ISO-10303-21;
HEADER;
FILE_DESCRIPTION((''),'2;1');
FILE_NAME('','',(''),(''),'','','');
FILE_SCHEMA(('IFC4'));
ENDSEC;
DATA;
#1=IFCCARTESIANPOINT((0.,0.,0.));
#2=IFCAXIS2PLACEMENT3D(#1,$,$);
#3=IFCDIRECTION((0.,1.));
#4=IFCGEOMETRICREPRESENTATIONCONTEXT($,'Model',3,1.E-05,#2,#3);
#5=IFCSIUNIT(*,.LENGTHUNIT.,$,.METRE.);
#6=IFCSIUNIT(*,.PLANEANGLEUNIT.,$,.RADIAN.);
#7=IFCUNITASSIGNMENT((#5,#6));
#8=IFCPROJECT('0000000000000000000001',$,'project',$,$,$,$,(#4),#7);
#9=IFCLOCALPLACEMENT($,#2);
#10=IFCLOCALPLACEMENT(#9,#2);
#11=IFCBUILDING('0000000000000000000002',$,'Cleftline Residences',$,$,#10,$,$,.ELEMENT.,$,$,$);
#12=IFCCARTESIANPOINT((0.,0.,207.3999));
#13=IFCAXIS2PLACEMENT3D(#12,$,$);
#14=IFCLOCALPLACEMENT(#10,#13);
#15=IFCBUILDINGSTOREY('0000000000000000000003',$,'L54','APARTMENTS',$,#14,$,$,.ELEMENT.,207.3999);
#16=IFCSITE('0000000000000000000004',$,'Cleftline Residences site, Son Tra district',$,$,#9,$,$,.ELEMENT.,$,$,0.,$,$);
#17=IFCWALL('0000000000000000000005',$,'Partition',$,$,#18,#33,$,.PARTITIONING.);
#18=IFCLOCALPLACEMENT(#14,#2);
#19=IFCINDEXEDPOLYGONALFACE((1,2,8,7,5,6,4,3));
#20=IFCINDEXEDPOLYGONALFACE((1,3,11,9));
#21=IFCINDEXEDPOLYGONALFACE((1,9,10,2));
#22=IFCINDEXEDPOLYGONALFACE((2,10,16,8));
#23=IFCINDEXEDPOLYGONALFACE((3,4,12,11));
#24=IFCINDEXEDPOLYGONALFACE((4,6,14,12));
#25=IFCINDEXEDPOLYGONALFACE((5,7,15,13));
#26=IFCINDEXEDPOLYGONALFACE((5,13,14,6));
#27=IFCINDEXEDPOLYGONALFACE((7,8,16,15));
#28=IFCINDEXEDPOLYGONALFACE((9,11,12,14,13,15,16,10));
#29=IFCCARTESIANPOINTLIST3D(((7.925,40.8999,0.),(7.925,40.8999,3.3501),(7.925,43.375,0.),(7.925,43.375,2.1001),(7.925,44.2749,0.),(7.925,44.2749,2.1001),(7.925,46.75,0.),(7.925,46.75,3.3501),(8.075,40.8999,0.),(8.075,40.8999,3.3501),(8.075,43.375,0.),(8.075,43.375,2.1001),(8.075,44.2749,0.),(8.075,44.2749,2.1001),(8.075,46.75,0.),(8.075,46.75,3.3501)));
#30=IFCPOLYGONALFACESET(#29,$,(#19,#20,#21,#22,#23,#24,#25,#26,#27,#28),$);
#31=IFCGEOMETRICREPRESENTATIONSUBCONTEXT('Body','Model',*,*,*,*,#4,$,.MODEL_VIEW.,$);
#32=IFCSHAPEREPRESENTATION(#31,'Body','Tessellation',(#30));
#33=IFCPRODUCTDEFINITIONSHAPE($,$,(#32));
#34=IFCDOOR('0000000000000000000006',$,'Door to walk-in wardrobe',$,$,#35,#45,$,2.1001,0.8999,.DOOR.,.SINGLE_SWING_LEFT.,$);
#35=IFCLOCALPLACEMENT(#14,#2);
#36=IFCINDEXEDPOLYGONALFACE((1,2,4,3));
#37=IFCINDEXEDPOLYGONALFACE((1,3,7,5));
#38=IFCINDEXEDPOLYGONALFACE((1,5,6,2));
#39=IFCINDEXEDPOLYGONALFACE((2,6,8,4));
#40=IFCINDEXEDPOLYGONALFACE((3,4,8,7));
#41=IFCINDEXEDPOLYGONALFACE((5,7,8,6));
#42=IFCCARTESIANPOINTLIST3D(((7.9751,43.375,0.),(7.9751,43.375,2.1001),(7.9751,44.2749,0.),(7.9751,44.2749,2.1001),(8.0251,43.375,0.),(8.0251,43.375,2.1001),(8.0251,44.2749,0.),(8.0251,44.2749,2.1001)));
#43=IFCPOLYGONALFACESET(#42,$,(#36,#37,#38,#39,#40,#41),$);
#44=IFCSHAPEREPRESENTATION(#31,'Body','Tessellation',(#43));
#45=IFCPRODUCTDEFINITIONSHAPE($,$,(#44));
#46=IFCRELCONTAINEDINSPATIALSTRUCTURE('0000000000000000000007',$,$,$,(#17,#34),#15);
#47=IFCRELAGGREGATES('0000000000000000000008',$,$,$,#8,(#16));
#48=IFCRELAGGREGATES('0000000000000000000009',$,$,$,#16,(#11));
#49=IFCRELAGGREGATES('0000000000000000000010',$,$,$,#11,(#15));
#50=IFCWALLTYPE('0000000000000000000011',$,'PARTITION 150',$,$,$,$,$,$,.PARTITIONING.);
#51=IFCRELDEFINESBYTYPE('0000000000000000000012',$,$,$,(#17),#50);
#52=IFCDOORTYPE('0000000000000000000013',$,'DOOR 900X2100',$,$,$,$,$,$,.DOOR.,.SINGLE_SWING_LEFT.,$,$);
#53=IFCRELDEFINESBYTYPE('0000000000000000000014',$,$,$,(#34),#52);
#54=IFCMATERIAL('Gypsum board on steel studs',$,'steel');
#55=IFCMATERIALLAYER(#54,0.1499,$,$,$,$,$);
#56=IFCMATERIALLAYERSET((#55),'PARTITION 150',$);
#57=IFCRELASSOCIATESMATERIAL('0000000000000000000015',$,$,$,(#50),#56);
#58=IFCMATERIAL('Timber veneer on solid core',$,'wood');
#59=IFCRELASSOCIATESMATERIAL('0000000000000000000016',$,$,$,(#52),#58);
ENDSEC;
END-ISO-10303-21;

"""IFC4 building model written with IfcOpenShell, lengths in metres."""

from ifc_helpers import new_model, si_unit, direction, frame, frame_2d, origin, place, context, subcontext, project, spatial, rectangle, extrude, material, layer, layer_set, type_object, element, fill, save


model = new_model("IFC4")

# Units and contexts
model_context = context("Model", 3, precision=1e-05, world=origin(), true_north=direction((0.0, 1.0)))
body_context = subcontext(model_context, "Body", "Model", "MODEL_VIEW")
ifc_project = project(units=[si_unit("LENGTHUNIT", "METRE"), si_unit("PLANEANGLEUNIT", "RADIAN")], contexts=[model_context])

# Site, building, storey
site_placement = place(None, origin())
site = spatial("IfcSite", under=ifc_project, at=site_placement, Name="Cleftline Residences site, Son Tra district", CompositionType="ELEMENT", RefElevation=0.0)
building_placement = place(site_placement, origin())
building = spatial("IfcBuilding", under=site, at=building_placement, Name="Cleftline Residences", CompositionType="ELEMENT")
storey_placement = place(building_placement, frame((0.0, 0.0, 207.3999)))
storey = spatial("IfcBuildingStorey", under=building, at=storey_placement, Name="L54", Description="APARTMENTS", CompositionType="ELEMENT", Elevation=207.3999)

# Wall, opening, door
ifc_material_1 = material(Name="Gypsum board on steel studs", Category="steel")
ifc_layer_1 = layer(ifc_material_1, 0.1499)
ifc_layer_set_1 = layer_set([ifc_layer_1], Name="PARTITION 150")
wall_type_1 = type_object("IfcWallType", Name="PARTITION 150", PredefinedType="PARTITIONING", material=ifc_layer_set_1)
wall_1_placement = place(storey_placement, frame((8.0, 40.8999, 0.0), z_axis=(0.0, 0.0, 1.0), x_axis=(0.0, 1.0, 0.0)))
wall_1 = element("IfcWall", 1, at=wall_1_placement, inside=storey, type_object=wall_type_1, Name="Partition", PredefinedType="PARTITIONING", context=body_context, shape_type="SweptSolid", body=[
    extrude(rectangle(XDim=5.8501, YDim=0.1499, at=frame_2d((2.925, 0.0))), origin(), (0.0, 0.0, 1.0), 3.3501),
])
opening_1_placement = place(wall_1_placement, frame((2.4751, 0.0, 0.0)))
opening_1 = element("IfcOpeningElement", 2, at=opening_1_placement, cuts=wall_1, PredefinedType="OPENING", context=body_context, shape_type="SweptSolid", body=[
    extrude(rectangle(XDim=0.8999, YDim=2.1001, at=frame_2d((0.45, 1.05))), frame((0.0, 0.085, 0.0), z_axis=(0.0, -1.0, 0.0), x_axis=(1.0, 0.0, 0.0)), (0.0, 0.0, 1.0), 0.1699),
])
ifc_material_2 = material(Name="Timber veneer on solid core", Category="wood")
door_type = type_object("IfcDoorType", Name="DOOR 900X2100", OperationType="SINGLE_SWING_LEFT", PredefinedType="DOOR", material=ifc_material_2)
door_placement = place(opening_1_placement, origin())
door = element("IfcDoor", 3, at=door_placement, inside=storey, type_object=door_type, Name="Door to walk-in wardrobe", OperationType="SINGLE_SWING_LEFT", OverallHeight=2.1001, OverallWidth=0.8999, PredefinedType="DOOR", context=body_context, shape_type="SweptSolid", body=[
    extrude(rectangle(XDim=0.8999, YDim=2.1001, at=frame_2d((0.45, 1.05))), frame((0.0, 0.0249, 0.0), z_axis=(0.0, -1.0, 0.0), x_axis=(1.0, 0.0, 0.0)), (0.0, 0.0, 1.0), 0.05),
])
fill(opening_1, door)

save(model, "model.ifc")
